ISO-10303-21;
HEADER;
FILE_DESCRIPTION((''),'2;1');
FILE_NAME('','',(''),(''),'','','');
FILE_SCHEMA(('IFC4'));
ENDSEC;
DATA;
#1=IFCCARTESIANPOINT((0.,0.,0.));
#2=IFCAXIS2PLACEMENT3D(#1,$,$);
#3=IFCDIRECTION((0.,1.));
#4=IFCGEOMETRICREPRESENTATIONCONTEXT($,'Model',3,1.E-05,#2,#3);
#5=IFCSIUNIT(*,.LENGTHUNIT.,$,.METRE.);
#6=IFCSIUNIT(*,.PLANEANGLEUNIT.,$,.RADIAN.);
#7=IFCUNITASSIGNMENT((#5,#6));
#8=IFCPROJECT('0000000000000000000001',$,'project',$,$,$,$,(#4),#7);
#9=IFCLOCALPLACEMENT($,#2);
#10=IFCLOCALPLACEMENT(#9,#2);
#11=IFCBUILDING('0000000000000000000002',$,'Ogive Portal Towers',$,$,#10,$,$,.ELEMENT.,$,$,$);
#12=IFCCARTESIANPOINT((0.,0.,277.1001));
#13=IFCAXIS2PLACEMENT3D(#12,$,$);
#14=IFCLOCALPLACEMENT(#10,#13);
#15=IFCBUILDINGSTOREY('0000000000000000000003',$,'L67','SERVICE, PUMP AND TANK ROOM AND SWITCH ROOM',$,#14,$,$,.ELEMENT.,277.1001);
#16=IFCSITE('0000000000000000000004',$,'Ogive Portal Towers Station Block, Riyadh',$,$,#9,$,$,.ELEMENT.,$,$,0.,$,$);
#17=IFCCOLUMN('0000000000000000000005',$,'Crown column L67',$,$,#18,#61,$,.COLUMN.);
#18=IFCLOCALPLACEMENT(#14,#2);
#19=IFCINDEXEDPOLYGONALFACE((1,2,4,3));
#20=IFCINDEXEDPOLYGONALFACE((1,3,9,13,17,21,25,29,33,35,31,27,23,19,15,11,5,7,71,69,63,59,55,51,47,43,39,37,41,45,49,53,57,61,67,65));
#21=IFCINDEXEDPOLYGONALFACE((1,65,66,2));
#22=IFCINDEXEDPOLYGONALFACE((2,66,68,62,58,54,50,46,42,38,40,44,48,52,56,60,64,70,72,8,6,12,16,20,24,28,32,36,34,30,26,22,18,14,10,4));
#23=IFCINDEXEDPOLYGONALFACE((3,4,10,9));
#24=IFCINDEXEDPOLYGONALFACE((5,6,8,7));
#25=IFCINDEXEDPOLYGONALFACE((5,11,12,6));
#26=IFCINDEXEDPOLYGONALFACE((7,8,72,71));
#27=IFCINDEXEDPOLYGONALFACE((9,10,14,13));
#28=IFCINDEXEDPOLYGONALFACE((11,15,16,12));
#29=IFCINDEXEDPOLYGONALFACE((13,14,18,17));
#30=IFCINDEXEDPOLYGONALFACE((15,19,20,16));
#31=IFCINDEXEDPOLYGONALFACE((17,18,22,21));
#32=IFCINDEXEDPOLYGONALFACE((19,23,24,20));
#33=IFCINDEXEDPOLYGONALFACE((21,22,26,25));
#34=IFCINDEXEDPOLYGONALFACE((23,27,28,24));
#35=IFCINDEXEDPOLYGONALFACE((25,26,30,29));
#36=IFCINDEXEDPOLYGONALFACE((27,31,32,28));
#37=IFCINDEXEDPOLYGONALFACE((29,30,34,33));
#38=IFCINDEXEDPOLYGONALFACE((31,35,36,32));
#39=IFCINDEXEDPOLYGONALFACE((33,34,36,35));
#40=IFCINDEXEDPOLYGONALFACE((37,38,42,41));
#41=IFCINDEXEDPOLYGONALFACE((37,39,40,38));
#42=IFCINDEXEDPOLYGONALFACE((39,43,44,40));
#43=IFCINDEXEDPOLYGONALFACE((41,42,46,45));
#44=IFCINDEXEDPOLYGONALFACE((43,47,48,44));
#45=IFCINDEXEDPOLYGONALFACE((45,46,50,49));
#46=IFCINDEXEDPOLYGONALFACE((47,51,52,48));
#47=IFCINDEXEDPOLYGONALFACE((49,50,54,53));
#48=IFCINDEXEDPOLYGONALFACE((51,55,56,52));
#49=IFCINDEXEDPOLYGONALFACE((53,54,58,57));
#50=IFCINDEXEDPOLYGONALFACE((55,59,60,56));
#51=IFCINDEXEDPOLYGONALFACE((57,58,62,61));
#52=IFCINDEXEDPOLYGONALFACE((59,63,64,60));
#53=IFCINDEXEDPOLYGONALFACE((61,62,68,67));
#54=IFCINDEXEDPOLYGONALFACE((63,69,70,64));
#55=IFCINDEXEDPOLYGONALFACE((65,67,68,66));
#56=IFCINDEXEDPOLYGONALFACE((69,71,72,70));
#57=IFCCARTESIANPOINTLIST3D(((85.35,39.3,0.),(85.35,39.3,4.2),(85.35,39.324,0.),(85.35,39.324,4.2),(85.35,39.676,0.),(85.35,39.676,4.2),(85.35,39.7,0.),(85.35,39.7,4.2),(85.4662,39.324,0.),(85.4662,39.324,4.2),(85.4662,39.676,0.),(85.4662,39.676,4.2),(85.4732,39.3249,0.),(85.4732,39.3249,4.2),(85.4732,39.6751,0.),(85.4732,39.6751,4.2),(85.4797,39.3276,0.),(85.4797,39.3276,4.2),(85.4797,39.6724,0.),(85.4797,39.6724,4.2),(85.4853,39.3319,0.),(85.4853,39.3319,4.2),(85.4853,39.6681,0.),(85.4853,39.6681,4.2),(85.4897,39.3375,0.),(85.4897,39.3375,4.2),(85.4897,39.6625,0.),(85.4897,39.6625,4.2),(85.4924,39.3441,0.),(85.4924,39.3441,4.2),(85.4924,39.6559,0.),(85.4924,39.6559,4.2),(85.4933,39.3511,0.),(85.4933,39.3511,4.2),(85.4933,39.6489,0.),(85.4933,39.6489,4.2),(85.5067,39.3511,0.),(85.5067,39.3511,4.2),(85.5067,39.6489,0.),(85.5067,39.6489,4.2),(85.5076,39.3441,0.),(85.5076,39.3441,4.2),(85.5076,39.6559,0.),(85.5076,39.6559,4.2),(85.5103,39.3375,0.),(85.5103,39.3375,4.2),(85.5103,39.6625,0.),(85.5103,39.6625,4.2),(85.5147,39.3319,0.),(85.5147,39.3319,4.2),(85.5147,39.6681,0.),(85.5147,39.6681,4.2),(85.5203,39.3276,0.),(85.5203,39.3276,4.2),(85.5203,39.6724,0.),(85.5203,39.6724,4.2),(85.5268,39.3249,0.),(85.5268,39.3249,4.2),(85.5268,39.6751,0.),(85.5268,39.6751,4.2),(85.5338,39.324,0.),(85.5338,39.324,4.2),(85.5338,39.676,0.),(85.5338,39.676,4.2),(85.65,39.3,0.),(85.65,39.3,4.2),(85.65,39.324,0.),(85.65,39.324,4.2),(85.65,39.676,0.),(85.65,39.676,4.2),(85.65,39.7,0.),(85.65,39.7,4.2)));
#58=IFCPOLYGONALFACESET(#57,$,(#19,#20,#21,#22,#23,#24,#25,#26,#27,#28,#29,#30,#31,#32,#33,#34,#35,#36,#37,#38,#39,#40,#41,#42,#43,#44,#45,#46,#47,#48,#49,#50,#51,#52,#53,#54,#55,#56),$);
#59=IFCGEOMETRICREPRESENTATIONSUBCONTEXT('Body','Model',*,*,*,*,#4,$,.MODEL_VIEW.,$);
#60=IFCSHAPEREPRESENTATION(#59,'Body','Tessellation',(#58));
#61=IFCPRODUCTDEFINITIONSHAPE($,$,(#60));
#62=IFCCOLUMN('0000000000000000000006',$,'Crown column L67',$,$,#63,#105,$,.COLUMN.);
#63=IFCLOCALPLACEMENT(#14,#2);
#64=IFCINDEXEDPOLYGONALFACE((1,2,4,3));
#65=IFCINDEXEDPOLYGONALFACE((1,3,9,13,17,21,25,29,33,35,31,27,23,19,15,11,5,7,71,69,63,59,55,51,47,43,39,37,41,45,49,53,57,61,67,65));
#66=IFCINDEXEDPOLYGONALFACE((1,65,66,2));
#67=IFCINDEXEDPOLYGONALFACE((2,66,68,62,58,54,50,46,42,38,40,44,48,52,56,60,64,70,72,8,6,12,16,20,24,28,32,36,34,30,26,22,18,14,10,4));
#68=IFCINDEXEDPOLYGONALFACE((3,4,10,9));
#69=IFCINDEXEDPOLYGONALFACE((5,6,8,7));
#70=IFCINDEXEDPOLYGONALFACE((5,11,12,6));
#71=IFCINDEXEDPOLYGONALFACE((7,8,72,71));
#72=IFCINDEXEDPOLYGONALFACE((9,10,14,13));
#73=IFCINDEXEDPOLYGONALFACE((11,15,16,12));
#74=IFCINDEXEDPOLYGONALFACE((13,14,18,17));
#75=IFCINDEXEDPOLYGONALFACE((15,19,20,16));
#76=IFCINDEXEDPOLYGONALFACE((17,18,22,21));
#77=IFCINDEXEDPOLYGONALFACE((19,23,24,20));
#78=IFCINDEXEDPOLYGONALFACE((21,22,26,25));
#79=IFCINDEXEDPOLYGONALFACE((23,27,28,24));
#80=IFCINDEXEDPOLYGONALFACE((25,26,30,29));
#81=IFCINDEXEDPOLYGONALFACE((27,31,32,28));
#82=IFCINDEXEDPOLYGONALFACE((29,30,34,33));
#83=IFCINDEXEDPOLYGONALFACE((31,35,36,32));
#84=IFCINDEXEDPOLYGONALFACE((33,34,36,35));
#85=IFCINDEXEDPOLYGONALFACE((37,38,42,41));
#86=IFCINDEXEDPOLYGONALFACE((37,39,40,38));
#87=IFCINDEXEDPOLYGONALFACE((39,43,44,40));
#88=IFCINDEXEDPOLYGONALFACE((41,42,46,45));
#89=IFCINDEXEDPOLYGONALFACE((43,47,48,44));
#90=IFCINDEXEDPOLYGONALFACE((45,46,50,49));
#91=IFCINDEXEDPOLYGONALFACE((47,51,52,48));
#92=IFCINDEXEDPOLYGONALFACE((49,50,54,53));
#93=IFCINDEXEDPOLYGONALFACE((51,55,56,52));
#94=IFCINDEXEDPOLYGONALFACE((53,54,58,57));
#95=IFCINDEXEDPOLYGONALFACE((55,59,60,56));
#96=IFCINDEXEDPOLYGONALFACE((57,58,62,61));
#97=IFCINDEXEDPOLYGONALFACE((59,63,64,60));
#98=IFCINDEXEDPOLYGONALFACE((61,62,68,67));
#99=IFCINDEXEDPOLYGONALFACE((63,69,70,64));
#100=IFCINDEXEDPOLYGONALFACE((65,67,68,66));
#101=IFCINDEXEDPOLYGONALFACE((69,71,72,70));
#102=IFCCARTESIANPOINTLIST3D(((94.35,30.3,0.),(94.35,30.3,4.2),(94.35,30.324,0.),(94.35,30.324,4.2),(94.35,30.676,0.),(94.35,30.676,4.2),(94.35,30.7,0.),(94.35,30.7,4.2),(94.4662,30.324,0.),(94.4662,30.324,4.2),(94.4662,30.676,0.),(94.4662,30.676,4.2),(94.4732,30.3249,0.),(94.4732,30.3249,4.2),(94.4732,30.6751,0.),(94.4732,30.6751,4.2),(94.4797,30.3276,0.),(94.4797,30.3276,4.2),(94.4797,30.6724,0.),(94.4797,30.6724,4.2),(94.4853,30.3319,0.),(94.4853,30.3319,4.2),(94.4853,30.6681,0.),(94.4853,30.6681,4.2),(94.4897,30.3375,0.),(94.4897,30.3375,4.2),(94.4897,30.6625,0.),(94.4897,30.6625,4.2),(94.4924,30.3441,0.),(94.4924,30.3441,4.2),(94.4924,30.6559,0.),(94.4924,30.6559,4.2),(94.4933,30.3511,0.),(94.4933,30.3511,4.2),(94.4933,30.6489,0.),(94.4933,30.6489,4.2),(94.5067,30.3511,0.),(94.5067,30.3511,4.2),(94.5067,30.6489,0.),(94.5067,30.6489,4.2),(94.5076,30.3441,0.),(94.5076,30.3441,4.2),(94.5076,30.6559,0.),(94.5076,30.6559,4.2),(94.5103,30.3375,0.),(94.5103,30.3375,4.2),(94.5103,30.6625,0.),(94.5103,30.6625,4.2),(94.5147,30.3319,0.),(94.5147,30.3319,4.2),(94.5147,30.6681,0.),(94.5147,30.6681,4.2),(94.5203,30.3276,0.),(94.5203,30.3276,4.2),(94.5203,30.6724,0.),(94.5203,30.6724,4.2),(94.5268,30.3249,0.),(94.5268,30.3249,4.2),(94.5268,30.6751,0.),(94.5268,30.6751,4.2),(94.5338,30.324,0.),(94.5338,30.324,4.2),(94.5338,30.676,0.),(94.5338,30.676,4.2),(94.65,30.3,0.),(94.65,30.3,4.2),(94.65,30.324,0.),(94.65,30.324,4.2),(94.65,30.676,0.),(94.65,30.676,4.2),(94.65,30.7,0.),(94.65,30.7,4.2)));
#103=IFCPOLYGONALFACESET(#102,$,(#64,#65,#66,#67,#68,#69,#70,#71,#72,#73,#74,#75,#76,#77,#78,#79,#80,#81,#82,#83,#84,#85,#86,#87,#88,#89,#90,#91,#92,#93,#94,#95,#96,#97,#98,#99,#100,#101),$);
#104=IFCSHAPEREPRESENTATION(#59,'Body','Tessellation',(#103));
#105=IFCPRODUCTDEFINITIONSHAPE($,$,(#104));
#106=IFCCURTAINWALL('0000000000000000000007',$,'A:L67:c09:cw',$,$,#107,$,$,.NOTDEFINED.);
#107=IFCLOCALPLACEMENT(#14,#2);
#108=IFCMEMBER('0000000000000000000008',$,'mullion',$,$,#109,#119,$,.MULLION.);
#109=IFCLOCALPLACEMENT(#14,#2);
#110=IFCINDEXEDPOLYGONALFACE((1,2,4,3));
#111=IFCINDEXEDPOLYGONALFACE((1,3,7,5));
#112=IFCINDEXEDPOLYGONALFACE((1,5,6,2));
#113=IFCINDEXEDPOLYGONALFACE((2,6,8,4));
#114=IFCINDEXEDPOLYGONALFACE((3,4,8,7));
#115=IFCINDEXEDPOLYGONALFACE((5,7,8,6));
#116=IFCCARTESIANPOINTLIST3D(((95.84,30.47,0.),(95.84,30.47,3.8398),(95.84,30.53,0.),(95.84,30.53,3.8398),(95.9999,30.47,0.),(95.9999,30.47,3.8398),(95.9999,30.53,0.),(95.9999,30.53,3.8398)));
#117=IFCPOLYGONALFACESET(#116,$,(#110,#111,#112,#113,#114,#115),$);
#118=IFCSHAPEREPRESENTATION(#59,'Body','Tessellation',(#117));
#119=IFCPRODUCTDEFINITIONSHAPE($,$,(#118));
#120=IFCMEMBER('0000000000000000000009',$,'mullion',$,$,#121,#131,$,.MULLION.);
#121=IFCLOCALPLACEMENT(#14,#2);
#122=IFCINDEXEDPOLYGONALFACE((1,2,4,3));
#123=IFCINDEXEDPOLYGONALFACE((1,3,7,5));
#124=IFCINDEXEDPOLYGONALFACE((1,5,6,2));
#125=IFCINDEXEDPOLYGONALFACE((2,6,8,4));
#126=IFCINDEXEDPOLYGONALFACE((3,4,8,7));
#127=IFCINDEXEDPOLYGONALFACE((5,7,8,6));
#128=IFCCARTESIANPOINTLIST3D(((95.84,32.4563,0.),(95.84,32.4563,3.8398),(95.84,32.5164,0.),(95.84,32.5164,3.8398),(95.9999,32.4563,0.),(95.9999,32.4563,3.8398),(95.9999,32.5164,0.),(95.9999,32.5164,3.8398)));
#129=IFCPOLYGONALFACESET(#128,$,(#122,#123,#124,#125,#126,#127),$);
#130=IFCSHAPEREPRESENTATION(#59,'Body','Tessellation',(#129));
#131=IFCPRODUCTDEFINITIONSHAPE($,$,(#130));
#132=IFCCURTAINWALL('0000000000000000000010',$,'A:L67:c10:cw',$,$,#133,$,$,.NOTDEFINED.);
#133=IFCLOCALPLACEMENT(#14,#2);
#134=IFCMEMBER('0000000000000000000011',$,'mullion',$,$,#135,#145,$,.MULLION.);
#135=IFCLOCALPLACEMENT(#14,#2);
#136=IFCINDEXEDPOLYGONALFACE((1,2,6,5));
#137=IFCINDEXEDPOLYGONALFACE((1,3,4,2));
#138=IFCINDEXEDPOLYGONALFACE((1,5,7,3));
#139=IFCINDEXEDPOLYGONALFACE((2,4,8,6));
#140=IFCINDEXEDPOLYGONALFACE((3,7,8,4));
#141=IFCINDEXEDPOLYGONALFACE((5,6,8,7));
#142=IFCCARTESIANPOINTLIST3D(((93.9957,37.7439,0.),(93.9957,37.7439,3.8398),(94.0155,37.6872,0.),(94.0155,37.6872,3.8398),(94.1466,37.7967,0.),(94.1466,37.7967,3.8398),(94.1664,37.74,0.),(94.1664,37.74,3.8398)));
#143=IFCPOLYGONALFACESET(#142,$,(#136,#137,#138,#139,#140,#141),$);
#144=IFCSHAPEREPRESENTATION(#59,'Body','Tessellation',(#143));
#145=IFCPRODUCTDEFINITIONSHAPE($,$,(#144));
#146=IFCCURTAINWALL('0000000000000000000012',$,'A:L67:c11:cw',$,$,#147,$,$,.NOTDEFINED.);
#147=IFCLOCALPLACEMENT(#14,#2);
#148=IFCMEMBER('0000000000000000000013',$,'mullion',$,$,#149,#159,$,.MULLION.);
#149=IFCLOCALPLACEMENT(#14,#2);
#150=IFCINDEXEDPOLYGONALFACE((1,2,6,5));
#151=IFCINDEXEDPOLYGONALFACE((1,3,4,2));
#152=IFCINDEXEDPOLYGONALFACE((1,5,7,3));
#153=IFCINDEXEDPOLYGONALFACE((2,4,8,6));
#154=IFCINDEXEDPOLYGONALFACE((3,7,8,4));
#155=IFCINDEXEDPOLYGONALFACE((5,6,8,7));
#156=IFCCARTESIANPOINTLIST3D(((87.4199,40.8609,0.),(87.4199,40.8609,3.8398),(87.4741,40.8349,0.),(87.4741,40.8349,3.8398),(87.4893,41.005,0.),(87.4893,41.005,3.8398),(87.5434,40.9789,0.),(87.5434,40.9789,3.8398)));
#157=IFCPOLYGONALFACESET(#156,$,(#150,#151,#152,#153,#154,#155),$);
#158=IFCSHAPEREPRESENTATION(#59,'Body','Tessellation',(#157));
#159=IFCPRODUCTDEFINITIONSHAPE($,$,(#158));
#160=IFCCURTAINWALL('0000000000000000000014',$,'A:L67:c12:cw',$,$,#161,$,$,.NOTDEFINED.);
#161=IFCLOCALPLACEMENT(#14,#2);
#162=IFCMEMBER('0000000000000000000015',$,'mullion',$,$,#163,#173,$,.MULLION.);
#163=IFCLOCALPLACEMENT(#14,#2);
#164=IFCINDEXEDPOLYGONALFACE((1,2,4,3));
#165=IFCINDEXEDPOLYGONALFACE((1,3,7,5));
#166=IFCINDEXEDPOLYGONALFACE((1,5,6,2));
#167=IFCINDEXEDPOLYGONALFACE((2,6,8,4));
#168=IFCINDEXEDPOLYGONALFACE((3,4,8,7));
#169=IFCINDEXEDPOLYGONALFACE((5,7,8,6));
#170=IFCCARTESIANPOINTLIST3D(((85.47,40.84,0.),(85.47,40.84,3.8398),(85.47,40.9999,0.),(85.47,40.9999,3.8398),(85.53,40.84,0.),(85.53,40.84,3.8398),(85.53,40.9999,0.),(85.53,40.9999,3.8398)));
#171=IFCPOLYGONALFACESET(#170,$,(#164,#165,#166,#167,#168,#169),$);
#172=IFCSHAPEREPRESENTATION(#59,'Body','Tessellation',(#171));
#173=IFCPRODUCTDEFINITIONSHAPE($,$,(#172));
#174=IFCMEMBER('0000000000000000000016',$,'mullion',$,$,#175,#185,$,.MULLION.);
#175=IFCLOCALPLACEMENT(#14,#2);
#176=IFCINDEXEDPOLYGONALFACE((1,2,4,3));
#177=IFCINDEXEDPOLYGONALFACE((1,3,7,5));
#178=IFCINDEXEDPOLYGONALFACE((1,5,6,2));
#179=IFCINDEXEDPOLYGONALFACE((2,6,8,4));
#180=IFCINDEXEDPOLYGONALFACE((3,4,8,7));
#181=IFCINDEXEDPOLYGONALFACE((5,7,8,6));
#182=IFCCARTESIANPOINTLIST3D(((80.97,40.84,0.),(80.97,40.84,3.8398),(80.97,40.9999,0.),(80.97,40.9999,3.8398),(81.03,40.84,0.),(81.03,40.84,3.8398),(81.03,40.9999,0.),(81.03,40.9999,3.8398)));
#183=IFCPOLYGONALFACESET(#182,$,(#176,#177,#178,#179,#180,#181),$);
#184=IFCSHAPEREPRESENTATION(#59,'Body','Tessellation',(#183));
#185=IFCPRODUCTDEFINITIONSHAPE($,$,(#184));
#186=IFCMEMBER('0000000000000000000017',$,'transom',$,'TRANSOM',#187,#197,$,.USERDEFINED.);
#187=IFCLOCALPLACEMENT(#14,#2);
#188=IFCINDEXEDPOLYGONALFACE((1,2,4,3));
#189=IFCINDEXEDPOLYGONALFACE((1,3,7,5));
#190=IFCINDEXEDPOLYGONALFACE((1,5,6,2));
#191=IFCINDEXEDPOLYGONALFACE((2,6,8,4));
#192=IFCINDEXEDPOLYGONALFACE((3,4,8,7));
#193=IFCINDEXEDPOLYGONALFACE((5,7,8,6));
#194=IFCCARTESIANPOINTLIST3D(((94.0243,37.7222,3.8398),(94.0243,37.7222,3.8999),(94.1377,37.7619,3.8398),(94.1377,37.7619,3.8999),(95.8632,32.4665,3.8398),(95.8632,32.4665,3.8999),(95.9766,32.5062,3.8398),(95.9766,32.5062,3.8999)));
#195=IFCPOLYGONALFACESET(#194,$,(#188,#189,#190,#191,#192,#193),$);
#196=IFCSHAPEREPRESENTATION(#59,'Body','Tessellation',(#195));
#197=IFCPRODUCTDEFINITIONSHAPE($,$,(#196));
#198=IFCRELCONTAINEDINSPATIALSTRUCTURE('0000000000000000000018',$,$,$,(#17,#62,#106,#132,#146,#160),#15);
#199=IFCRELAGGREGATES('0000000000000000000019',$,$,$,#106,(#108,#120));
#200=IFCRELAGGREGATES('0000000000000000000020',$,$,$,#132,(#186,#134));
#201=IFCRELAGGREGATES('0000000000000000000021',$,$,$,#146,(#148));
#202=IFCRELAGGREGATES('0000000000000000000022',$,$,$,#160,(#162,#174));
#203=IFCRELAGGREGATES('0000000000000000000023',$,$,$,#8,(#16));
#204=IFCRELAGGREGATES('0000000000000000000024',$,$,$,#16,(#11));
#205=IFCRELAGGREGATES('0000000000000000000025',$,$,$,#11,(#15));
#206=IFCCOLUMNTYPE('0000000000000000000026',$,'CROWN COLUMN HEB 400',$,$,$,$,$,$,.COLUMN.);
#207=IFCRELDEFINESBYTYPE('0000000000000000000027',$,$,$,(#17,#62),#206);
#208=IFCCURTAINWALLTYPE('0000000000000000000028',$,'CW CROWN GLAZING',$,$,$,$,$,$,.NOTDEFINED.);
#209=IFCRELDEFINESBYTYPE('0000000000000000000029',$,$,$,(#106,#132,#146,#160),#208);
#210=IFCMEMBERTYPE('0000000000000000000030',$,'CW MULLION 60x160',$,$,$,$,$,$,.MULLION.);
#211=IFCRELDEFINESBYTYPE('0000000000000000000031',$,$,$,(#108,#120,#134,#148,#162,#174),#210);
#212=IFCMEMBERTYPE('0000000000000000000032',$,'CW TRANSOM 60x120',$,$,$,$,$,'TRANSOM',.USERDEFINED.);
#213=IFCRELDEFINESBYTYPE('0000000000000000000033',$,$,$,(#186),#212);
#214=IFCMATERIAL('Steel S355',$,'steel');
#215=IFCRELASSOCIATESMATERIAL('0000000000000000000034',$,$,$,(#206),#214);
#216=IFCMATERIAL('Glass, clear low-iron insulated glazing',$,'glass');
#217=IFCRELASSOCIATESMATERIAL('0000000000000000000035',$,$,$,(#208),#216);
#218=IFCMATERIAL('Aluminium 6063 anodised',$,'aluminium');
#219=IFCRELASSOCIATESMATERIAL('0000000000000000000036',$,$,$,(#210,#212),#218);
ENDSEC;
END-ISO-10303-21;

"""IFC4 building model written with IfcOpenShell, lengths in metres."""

from ifc_helpers import new_model, si_unit, direction, frame, origin, origin_2d, place, context, subcontext, project, spatial, rectangle, i_section, extrude, material, material_profile, profile_set, type_object, element, aggregate, save


model = new_model("IFC4")

# Units and contexts
model_context = context("Model", 3, precision=1e-05, world=origin(), true_north=direction((0.0, 1.0)))
body_context = subcontext(model_context, "Body", "Model", "MODEL_VIEW")
ifc_project = project(units=[si_unit("LENGTHUNIT", "METRE"), si_unit("PLANEANGLEUNIT", "RADIAN")], contexts=[model_context])

# Site, building, storey
site_placement = place(None, origin())
site = spatial("IfcSite", under=ifc_project, at=site_placement, Name="Ogive Portal Towers Station Block, Riyadh", CompositionType="ELEMENT", RefElevation=0.0)
building_placement = place(site_placement, origin())
building = spatial("IfcBuilding", under=site, at=building_placement, Name="Ogive Portal Towers", CompositionType="ELEMENT")
storey_placement = place(building_placement, frame((0.0, 0.0, 277.1001)))
storey = spatial("IfcBuildingStorey", under=building, at=storey_placement, Name="L67", Description="SERVICE, PUMP AND TANK ROOM AND SWITCH ROOM", CompositionType="ELEMENT", Elevation=277.1001)

# Columns
ifc_material_1 = material(Name="Steel S355", Category="steel")
ifc_material_profile_1 = material_profile(ifc_material_1, i_section(OverallWidth=0.3, OverallDepth=0.3999, WebThickness=0.0134, FlangeThickness=0.0239, FilletRadius=0.0271, at=origin_2d()), Name="HEB 400")
ifc_profile_set_1 = profile_set([ifc_material_profile_1], Name="Steel S355")
column_type = type_object("IfcColumnType", Name="CROWN COLUMN HEB 400", PredefinedType="COLUMN", material=ifc_profile_set_1)
for number, where, z_axis, x_axis, name in (
    (1, (85.5, 39.5, 0.0), (0.0, 0.0, 1.0), (1.0, 0.0, 0.0), "Crown column L67"),
    (2, (94.5, 30.5, 0.0), (0.0, 0.0, 1.0), (1.0, 0.0, 0.0), "Crown column L67"),
):
    element("IfcColumn", number, at=place(storey_placement, frame(where, z_axis=z_axis, x_axis=x_axis)), inside=storey, type_object=column_type, Name=name, PredefinedType="COLUMN", context=body_context, shape_type="SweptSolid", body=[
        extrude(i_section(OverallWidth=0.3, OverallDepth=0.3999, WebThickness=0.0134, FlangeThickness=0.0239, FilletRadius=0.0271, at=origin_2d()), origin(), (0.0, 0.0, 1.0), 4.2),
    ])

# Curtain wall, members
ifc_material_2 = material(Name="Glass, clear low-iron insulated glazing", Category="glass")
curtain_wall_type = type_object("IfcCurtainWallType", Name="CW CROWN GLAZING", PredefinedType="NOTDEFINED", material=ifc_material_2)
curtain_wall_1_placement = place(storey_placement, origin())
curtain_wall_1 = element("IfcCurtainWall", 3, at=curtain_wall_1_placement, inside=storey, type_object=curtain_wall_type, Name="A:L67:c09:cw", PredefinedType="NOTDEFINED")
ifc_material_3 = material(Name="Aluminium 6063 anodised", Category="aluminium")
ifc_material_profile_2 = material_profile(ifc_material_3, rectangle(XDim=0.1599, YDim=0.0601, at=origin_2d()), Name="AL 60x160")
ifc_profile_set_2 = profile_set([ifc_material_profile_2], Name="Aluminium 6063 anodised")
member_type_1 = type_object("IfcMemberType", Name="CW MULLION 60x160", PredefinedType="MULLION", material=ifc_profile_set_2)
member_1_placement = place(storey_placement, frame((95.9199, 30.5, 0.0), z_axis=(0.0, 0.0, 1.0), x_axis=(-1.0, 0.0, 0.0)))
member_1 = element("IfcMember", 4, at=member_1_placement, type_object=member_type_1, Name="mullion", PredefinedType="MULLION", context=body_context, shape_type="SweptSolid", body=[
    extrude(rectangle(XDim=0.1599, YDim=0.0601, at=origin_2d()), origin(), (0.0, 0.0, 1.0), 3.8398),
])
member_2_placement = place(storey_placement, frame((95.9199, 32.4863, 0.0), z_axis=(0.0, 0.0, 1.0), x_axis=(-1.0, 0.0, 0.0)))
member_2 = element("IfcMember", 5, at=member_2_placement, type_object=member_type_1, Name="mullion", PredefinedType="MULLION", context=body_context, shape_type="SweptSolid", body=[
    extrude(rectangle(XDim=0.1599, YDim=0.0601, at=origin_2d()), origin(), (0.0, 0.0, 1.0), 3.8398),
])

# Curtain walls, members
curtain_wall_2_placement = place(storey_placement, origin())
curtain_wall_2 = element("IfcCurtainWall", 6, at=curtain_wall_2_placement, inside=storey, type_object=curtain_wall_type, Name="A:L67:c10:cw", PredefinedType="NOTDEFINED")
member_3_placement = place(storey_placement, frame((94.0811, 37.7419, 0.0), z_axis=(0.0, 0.0, 1.0), x_axis=(-0.943883, -0.330279, 0.0)))
member_3 = element("IfcMember", 7, at=member_3_placement, type_object=member_type_1, Name="mullion", PredefinedType="MULLION", context=body_context, shape_type="SweptSolid", body=[
    extrude(rectangle(XDim=0.1599, YDim=0.0601, at=origin_2d()), origin(), (0.0, 0.0, 1.0), 3.8398),
])
curtain_wall_3_placement = place(storey_placement, origin())
curtain_wall_3 = element("IfcCurtainWall", 8, at=curtain_wall_3_placement, inside=storey, type_object=curtain_wall_type, Name="A:L67:c11:cw", PredefinedType="NOTDEFINED")
member_4_placement = place(storey_placement, frame((87.4817, 40.9199, 0.0), z_axis=(0.0, 0.0, 1.0), x_axis=(-0.433884, -0.900969, 0.0)))
member_4 = element("IfcMember", 9, at=member_4_placement, type_object=member_type_1, Name="mullion", PredefinedType="MULLION", context=body_context, shape_type="SweptSolid", body=[
    extrude(rectangle(XDim=0.1599, YDim=0.0601, at=origin_2d()), origin(), (0.0, 0.0, 1.0), 3.8398),
])

# Curtain wall, members
curtain_wall_4_placement = place(storey_placement, origin())
curtain_wall_4 = element("IfcCurtainWall", 10, at=curtain_wall_4_placement, inside=storey, type_object=curtain_wall_type, Name="A:L67:c12:cw", PredefinedType="NOTDEFINED")
member_5_placement = place(storey_placement, frame((85.5, 40.9199, 0.0), z_axis=(0.0, 0.0, 1.0), x_axis=(0.0, -1.0, 0.0)))
member_5 = element("IfcMember", 11, at=member_5_placement, type_object=member_type_1, Name="mullion", PredefinedType="MULLION", context=body_context, shape_type="SweptSolid", body=[
    extrude(rectangle(XDim=0.1599, YDim=0.0601, at=origin_2d()), origin(), (0.0, 0.0, 1.0), 3.8398),
])
member_6_placement = place(storey_placement, frame((81.0, 40.9199, 0.0), z_axis=(0.0, 0.0, 1.0), x_axis=(0.0, -1.0, 0.0)))
member_6 = element("IfcMember", 12, at=member_6_placement, type_object=member_type_1, Name="mullion", PredefinedType="MULLION", context=body_context, shape_type="SweptSolid", body=[
    extrude(rectangle(XDim=0.1599, YDim=0.0601, at=origin_2d()), origin(), (0.0, 0.0, 1.0), 3.8398),
])

# Member
ifc_material_profile_3 = material_profile(ifc_material_3, rectangle(XDim=0.1201, YDim=0.0601, at=origin_2d()), Name="AL 120x60")
ifc_profile_set_3 = profile_set([ifc_material_profile_3], Name="Aluminium 6063 anodised")
member_type_2 = type_object("IfcMemberType", Name="CW TRANSOM 60x120", ElementType="TRANSOM", PredefinedType="USERDEFINED", material=ifc_profile_set_3)
member_7_placement = place(storey_placement, frame((95.9199, 32.4863, 3.8699), z_axis=(-0.330255, 0.943892, 0.0), x_axis=(-0.943892, -0.330255, 0.0)))
member_7 = element("IfcMember", 13, at=member_7_placement, type_object=member_type_2, Name="transom", ObjectType="TRANSOM", PredefinedType="USERDEFINED", context=body_context, shape_type="SweptSolid", body=[
    extrude(rectangle(XDim=0.1201, YDim=0.0601, at=origin_2d()), origin(), (0.0, 0.0, 1.0), 5.5681),
])

aggregate(curtain_wall_1, [member_1, member_2])
aggregate(curtain_wall_2, [member_7, member_3])
aggregate(curtain_wall_3, [member_4])
aggregate(curtain_wall_4, [member_5, member_6])

save(model, "model.ifc")
